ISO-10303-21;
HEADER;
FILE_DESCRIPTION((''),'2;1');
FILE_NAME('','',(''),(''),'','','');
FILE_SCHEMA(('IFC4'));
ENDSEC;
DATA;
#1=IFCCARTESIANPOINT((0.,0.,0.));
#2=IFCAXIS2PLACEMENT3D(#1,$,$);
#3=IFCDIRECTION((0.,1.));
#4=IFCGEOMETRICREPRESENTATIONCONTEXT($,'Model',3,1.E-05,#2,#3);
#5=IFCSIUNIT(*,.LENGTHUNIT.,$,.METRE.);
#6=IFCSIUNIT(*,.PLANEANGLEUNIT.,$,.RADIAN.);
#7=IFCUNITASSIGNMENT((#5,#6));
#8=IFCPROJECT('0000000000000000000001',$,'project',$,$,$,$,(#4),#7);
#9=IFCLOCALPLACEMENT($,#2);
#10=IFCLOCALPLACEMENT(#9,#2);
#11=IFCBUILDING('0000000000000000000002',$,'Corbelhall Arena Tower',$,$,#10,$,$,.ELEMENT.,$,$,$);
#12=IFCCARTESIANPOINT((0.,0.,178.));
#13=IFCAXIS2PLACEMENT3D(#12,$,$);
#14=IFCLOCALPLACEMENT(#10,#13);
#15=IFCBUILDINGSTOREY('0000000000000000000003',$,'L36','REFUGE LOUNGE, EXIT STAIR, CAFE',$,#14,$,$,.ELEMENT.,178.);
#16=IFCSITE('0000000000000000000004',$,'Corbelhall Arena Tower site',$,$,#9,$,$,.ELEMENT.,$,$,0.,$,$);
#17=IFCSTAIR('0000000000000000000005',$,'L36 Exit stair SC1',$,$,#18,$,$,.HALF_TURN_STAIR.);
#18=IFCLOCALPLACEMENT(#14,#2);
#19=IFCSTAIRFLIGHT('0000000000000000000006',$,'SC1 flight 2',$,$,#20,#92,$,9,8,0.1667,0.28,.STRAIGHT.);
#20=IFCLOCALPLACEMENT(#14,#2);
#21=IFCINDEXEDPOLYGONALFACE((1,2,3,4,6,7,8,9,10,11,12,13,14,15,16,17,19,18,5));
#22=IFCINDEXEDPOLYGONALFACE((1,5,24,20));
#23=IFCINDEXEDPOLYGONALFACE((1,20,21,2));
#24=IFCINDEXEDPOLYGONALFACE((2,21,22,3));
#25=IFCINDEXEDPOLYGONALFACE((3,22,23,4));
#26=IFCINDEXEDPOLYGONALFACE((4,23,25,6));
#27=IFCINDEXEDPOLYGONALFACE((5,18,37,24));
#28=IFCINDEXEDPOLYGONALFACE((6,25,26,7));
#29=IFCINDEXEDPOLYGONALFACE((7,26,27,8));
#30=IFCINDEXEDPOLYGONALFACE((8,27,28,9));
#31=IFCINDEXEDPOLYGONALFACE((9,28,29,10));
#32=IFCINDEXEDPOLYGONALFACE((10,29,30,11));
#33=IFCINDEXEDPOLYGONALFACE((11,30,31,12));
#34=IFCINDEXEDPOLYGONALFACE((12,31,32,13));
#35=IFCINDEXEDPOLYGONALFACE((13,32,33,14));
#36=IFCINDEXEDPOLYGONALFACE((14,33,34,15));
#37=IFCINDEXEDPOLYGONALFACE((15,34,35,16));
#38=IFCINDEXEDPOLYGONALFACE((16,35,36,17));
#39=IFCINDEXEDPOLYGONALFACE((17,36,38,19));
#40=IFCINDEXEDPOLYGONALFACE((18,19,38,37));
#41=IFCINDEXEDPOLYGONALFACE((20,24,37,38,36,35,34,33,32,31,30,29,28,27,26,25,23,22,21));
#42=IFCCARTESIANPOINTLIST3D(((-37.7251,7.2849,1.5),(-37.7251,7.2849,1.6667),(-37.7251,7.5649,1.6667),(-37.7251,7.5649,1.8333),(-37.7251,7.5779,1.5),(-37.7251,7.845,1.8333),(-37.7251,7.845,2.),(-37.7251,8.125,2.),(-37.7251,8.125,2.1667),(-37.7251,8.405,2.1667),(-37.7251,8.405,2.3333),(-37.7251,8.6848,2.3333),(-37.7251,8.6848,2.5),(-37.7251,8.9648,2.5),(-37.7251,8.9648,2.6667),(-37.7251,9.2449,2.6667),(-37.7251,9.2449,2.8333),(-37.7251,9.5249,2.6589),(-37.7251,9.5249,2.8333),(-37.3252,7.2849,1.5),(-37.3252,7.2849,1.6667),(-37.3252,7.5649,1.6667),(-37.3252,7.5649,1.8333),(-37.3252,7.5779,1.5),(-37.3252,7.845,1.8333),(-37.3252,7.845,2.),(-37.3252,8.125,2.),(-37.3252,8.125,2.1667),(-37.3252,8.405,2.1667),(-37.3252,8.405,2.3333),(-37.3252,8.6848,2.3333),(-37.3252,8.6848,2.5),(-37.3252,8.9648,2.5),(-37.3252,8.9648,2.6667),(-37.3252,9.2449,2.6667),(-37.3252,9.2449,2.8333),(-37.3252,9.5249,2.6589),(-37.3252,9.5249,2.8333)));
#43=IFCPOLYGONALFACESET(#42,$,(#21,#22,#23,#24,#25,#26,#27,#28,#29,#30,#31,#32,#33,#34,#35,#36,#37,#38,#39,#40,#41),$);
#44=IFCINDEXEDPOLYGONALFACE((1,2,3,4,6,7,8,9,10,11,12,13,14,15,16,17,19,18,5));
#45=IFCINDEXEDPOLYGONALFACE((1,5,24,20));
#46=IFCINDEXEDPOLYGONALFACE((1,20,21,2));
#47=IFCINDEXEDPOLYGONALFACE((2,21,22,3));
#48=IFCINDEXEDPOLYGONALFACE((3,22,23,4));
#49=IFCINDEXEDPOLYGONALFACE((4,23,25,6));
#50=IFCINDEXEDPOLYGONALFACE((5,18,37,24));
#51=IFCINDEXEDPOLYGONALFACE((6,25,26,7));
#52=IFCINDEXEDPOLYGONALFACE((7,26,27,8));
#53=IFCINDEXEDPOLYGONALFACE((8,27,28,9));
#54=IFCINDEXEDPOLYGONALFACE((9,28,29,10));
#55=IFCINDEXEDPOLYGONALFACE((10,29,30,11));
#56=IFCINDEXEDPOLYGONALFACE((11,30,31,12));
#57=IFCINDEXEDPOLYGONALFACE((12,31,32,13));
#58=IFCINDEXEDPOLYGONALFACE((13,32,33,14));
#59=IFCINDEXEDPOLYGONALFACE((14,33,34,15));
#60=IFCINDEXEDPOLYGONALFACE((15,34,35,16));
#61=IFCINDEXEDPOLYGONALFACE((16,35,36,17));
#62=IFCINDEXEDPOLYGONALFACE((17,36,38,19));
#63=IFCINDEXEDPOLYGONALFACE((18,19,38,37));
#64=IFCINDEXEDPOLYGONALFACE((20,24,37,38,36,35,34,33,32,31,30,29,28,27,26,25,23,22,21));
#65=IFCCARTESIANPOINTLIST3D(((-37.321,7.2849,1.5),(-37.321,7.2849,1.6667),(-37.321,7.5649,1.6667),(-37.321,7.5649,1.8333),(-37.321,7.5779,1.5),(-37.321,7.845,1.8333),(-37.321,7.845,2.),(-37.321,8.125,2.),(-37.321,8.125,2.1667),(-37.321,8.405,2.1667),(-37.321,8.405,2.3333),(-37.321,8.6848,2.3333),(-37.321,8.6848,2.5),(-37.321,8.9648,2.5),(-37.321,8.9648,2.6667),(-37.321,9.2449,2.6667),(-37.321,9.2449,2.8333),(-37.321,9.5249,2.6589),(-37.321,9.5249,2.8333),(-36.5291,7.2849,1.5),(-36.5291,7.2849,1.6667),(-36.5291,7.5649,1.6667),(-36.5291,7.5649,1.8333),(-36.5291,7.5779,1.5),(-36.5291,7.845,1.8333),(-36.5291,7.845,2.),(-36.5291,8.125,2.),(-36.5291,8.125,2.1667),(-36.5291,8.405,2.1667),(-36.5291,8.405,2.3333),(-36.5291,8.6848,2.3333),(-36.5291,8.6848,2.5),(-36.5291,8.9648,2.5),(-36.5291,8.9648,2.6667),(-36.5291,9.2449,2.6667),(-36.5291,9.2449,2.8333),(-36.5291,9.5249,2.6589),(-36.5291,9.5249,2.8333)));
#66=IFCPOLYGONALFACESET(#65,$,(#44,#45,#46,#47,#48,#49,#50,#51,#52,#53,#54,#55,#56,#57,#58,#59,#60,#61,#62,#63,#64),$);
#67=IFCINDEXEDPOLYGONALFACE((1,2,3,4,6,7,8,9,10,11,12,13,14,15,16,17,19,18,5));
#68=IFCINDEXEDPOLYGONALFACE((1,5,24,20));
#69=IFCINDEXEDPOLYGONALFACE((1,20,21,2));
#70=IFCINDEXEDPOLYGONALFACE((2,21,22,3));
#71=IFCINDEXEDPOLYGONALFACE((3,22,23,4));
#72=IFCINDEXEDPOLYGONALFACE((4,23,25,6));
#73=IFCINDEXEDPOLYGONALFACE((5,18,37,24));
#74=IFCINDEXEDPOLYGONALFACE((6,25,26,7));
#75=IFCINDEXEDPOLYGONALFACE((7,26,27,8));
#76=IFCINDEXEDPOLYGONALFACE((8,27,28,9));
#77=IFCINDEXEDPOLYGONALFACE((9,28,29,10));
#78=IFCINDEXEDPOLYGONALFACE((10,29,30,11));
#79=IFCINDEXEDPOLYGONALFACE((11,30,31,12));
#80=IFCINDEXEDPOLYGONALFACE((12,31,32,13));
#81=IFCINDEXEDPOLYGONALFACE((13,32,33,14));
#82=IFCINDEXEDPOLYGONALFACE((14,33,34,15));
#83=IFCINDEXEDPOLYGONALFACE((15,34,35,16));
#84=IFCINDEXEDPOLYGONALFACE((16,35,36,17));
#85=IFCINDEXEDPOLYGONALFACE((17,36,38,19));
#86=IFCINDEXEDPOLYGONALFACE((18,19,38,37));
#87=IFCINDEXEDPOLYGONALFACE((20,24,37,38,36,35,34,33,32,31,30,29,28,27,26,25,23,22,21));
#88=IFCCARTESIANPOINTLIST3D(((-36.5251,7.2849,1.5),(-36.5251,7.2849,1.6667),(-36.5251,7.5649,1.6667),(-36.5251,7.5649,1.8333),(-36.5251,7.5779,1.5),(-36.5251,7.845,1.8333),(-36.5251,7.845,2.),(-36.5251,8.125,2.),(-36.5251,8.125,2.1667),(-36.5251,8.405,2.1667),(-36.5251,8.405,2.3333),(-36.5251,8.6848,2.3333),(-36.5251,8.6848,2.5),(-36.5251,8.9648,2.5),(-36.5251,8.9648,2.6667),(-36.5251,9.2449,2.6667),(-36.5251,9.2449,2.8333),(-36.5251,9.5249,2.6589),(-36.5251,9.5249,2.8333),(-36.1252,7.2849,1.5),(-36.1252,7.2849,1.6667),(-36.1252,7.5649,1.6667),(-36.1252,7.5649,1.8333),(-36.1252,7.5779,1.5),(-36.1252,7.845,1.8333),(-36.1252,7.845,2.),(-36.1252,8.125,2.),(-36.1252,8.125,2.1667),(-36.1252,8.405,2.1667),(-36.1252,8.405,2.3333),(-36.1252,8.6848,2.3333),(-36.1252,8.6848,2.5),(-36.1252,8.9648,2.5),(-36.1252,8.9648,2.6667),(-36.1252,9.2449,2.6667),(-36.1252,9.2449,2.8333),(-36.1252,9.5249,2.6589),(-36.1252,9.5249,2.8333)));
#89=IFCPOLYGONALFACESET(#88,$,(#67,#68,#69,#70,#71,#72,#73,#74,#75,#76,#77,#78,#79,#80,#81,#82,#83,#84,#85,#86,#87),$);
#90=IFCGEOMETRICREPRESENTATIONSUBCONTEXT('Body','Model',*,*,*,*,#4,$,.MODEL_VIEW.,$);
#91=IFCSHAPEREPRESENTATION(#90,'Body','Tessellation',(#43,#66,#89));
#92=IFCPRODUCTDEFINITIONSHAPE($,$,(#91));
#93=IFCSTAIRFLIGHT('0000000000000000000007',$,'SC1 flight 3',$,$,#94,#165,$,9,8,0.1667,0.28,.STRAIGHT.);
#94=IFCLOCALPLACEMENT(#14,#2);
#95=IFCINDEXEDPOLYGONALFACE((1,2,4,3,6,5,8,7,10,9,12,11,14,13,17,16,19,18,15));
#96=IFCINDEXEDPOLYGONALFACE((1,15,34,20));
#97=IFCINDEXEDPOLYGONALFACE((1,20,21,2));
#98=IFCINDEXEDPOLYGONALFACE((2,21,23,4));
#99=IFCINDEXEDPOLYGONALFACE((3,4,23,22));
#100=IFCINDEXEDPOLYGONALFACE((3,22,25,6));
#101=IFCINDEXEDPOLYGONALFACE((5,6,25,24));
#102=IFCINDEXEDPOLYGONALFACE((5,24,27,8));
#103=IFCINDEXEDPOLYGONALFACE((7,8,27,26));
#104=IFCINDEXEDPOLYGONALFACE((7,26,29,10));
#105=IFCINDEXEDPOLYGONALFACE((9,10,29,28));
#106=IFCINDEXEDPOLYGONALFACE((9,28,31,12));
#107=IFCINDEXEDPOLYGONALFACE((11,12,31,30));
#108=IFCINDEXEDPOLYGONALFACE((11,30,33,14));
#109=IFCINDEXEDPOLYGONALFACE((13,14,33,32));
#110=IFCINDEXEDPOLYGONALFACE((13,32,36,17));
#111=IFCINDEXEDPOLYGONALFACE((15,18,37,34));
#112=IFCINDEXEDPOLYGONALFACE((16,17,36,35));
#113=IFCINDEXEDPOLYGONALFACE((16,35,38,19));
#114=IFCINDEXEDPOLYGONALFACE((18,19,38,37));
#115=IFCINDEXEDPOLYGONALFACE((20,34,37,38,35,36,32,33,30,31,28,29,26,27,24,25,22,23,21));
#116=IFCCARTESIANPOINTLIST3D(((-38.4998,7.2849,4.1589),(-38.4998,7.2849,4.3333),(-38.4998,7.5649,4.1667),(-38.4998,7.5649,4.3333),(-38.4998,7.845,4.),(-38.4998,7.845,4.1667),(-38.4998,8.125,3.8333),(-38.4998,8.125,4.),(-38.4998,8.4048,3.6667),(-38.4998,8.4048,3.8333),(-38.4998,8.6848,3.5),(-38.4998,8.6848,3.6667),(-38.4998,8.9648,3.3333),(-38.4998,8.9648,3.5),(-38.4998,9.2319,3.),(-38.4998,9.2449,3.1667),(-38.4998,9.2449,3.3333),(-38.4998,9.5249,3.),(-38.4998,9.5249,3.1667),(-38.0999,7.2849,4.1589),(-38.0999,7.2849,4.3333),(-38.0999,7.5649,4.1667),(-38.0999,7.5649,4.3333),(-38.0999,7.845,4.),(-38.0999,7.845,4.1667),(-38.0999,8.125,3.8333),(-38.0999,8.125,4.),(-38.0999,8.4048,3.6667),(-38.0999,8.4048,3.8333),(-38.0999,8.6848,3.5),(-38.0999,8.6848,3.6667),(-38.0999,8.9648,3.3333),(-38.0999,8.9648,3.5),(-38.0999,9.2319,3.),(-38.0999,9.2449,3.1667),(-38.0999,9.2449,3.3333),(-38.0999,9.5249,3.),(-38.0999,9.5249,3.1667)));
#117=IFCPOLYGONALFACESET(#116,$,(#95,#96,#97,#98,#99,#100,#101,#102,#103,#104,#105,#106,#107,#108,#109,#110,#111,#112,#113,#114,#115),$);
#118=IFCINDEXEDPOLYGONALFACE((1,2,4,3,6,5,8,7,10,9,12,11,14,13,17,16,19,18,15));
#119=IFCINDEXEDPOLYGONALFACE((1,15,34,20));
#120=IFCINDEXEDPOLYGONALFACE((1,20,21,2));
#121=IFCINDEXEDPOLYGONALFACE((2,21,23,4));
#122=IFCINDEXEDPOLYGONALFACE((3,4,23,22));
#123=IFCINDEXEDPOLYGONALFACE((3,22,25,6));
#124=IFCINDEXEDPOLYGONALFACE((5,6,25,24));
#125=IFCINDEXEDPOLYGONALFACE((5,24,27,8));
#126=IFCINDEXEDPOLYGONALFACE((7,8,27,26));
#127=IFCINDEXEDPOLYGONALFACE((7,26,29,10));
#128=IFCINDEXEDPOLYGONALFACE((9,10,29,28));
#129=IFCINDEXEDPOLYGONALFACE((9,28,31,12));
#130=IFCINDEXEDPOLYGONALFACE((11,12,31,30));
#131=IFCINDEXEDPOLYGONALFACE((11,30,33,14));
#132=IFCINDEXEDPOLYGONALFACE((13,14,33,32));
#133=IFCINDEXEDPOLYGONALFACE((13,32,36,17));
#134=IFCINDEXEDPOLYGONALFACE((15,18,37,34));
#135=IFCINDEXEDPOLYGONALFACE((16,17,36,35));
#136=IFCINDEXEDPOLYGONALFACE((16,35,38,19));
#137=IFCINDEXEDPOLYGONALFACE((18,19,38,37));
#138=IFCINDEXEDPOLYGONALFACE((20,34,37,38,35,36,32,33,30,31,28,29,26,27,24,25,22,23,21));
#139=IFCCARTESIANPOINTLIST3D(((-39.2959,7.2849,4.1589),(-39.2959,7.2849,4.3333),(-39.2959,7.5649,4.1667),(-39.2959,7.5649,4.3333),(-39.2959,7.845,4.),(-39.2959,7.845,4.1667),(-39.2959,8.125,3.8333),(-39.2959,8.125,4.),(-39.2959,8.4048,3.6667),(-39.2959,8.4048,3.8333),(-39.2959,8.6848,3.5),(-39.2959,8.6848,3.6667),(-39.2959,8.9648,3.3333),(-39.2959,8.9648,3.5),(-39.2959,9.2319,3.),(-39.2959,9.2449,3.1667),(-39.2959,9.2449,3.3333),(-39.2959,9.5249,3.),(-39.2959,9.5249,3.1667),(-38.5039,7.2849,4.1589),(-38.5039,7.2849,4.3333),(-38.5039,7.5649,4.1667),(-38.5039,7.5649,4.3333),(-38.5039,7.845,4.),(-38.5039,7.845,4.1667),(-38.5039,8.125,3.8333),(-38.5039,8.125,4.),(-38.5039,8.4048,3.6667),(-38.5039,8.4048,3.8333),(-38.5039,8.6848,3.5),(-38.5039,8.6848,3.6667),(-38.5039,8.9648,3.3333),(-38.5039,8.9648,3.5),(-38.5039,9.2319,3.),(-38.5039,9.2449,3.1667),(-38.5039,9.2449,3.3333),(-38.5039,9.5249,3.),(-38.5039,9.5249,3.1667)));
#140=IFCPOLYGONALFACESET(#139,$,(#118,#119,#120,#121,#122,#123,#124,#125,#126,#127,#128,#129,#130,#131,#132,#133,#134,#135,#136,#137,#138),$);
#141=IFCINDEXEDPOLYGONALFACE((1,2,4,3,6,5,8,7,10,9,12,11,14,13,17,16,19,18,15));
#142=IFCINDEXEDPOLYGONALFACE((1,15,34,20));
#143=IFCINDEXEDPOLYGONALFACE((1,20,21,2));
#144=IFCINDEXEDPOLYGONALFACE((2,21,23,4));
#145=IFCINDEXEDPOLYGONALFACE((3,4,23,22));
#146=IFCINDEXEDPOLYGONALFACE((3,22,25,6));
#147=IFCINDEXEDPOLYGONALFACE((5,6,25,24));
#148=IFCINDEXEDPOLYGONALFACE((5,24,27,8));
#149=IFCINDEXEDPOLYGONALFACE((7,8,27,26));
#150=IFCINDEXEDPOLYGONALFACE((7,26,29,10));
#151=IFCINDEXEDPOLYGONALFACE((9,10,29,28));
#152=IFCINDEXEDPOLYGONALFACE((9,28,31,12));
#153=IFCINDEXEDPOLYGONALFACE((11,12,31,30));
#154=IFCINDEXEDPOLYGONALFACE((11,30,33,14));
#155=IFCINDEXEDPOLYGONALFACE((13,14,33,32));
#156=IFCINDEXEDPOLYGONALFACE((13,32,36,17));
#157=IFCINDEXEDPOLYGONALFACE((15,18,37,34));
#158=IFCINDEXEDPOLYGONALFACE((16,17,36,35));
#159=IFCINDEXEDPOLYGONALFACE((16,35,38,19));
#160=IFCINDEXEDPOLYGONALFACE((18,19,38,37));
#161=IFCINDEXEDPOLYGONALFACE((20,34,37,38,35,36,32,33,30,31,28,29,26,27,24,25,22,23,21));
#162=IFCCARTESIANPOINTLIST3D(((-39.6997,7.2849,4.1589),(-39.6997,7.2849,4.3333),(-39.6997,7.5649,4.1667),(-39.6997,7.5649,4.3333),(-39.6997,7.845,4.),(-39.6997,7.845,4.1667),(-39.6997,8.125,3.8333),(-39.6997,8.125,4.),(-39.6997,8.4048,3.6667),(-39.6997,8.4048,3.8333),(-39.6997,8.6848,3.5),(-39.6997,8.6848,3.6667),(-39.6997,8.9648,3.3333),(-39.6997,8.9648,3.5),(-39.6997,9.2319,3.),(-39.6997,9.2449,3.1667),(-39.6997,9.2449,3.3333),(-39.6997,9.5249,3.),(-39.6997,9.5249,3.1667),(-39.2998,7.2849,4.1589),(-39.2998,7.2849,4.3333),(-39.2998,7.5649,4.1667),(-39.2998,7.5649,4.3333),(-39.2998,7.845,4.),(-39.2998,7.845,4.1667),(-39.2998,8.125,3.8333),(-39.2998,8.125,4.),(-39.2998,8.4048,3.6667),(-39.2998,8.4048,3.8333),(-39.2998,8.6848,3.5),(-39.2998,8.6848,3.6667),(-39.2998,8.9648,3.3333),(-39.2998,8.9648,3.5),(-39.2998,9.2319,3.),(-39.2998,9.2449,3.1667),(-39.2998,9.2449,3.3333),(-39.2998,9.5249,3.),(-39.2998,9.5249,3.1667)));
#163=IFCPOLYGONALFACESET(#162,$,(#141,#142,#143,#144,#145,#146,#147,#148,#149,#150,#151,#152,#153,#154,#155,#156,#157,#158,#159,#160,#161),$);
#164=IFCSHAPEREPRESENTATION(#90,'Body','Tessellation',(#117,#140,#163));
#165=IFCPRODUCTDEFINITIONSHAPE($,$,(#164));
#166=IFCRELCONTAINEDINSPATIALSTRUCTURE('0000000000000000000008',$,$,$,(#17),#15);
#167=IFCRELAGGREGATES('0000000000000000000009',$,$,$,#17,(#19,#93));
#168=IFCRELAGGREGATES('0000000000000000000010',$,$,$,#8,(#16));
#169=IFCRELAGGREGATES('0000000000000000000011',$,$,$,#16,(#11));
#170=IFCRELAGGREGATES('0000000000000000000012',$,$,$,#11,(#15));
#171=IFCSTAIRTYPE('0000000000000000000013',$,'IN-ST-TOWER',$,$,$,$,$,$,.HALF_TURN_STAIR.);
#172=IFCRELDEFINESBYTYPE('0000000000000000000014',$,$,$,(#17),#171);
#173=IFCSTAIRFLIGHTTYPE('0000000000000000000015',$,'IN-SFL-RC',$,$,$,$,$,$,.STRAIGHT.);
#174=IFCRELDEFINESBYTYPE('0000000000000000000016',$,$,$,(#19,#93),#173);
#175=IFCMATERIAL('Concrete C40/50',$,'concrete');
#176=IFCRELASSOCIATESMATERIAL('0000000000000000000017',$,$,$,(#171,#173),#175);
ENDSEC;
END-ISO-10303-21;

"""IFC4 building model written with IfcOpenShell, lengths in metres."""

from ifc_helpers import new_model, si_unit, direction, frame, origin, place, context, subcontext, project, spatial, polyline, outline, extrude, material, type_object, element, aggregate, save


model = new_model("IFC4")

# Units and contexts
model_context = context("Model", 3, precision=1e-05, world=origin(), true_north=direction((0.0, 1.0)))
body_context = subcontext(model_context, "Body", "Model", "MODEL_VIEW")
ifc_project = project(units=[si_unit("LENGTHUNIT", "METRE"), si_unit("PLANEANGLEUNIT", "RADIAN")], contexts=[model_context])

# Site, building, storey
site_placement = place(None, origin())
site = spatial("IfcSite", under=ifc_project, at=site_placement, Name="Corbelhall Arena Tower site", CompositionType="ELEMENT", RefElevation=0.0)
building_placement = place(site_placement, origin())
building = spatial("IfcBuilding", under=site, at=building_placement, Name="Corbelhall Arena Tower", CompositionType="ELEMENT")
storey_placement = place(building_placement, frame((0.0, 0.0, 178.0)))
storey = spatial("IfcBuildingStorey", under=building, at=storey_placement, Name="L36", Description="REFUGE LOUNGE, EXIT STAIR, CAFE", CompositionType="ELEMENT", Elevation=178.0)

# Shared definitions
ifc_material_1 = material(Name="Concrete C40/50", Category="concrete")

# Stair, stair flights
stair_type = type_object("IfcStairType", Name="IN-ST-TOWER", PredefinedType="HALF_TURN_STAIR", material=ifc_material_1)
stair_placement = place(storey_placement, origin())
stair = element("IfcStair", 1, at=stair_placement, inside=storey, type_object=stair_type, Name="L36 Exit stair SC1", PredefinedType="HALF_TURN_STAIR")
stair_flight_type = type_object("IfcStairFlightType", Name="IN-SFL-RC", PredefinedType="STRAIGHT", material=ifc_material_1)
stair_flight_1_placement = place(storey_placement, frame((-36.925, 7.2849, 1.5), z_axis=(0.0, 0.0, 1.0), x_axis=(0.0, 1.0, 0.0)))
stair_flight_1 = element("IfcStairFlight", 2, at=stair_flight_1_placement, type_object=stair_flight_type, Name="SC1 flight 2", NumberOfRisers=9, NumberOfTreads=8, PredefinedType="STRAIGHT", RiserHeight=0.1667, TreadLength=0.28, context=body_context, shape_type="SweptSolid", body=[
    extrude(outline(polyline([(0.0, 0.0), (0.0, 0.1667), (0.28, 0.1667), (0.28, 0.3333), (0.5601, 0.3333), (0.5601, 0.5), (0.8401, 0.5), (0.8401, 0.6667), (1.1201, 0.6667), (1.1201, 0.8333), (1.3999, 0.8333), (1.3999, 1.0), (1.6799, 1.0), (1.6799, 1.1667), (1.96, 1.1667), (1.96, 1.3333), (2.24, 1.3333), (2.24, 1.5), (2.24, 1.1589), (0.293, 0.0), (0.0, 0.0)])), frame((0.0, 0.8, 0.0), z_axis=(0.0, -1.0, 0.0), x_axis=(1.0, 0.0, 0.0)), (0.0, 0.0, 1.0), 0.3999),
    extrude(outline(polyline([(0.0, 0.0), (0.0, 0.1667), (0.28, 0.1667), (0.28, 0.3333), (0.5601, 0.3333), (0.5601, 0.5), (0.8401, 0.5), (0.8401, 0.6667), (1.1201, 0.6667), (1.1201, 0.8333), (1.3999, 0.8333), (1.3999, 1.0), (1.6799, 1.0), (1.6799, 1.1667), (1.96, 1.1667), (1.96, 1.3333), (2.24, 1.3333), (2.24, 1.5), (2.24, 1.1589), (0.293, 0.0), (0.0, 0.0)])), frame((0.0, 0.396, 0.0), z_axis=(0.0, -1.0, 0.0), x_axis=(1.0, 0.0, 0.0)), (0.0, 0.0, 1.0), 0.792),
    extrude(outline(polyline([(0.0, 0.0), (0.0, 0.1667), (0.28, 0.1667), (0.28, 0.3333), (0.5601, 0.3333), (0.5601, 0.5), (0.8401, 0.5), (0.8401, 0.6667), (1.1201, 0.6667), (1.1201, 0.8333), (1.3999, 0.8333), (1.3999, 1.0), (1.6799, 1.0), (1.6799, 1.1667), (1.96, 1.1667), (1.96, 1.3333), (2.24, 1.3333), (2.24, 1.5), (2.24, 1.1589), (0.293, 0.0), (0.0, 0.0)])), frame((0.0, -0.3999, 0.0), z_axis=(0.0, -1.0, 0.0), x_axis=(1.0, 0.0, 0.0)), (0.0, 0.0, 1.0), 0.3999),
])
stair_flight_2_placement = place(storey_placement, frame((-38.8999, 9.5249, 3.0), z_axis=(0.0, 0.0, 1.0), x_axis=(0.0, -1.0, 0.0)))
stair_flight_2 = element("IfcStairFlight", 3, at=stair_flight_2_placement, type_object=stair_flight_type, Name="SC1 flight 3", NumberOfRisers=9, NumberOfTreads=8, PredefinedType="STRAIGHT", RiserHeight=0.1667, TreadLength=0.28, context=body_context, shape_type="SweptSolid", body=[
    extrude(outline(polyline([(0.0, 0.0), (0.0, 0.1667), (0.28, 0.1667), (0.28, 0.3333), (0.5601, 0.3333), (0.5601, 0.5), (0.8401, 0.5), (0.8401, 0.6667), (1.1201, 0.6667), (1.1201, 0.8333), (1.3999, 0.8333), (1.3999, 1.0), (1.6799, 1.0), (1.6799, 1.1667), (1.96, 1.1667), (1.96, 1.3333), (2.24, 1.3333), (2.24, 1.5), (2.24, 1.1589), (0.293, 0.0), (0.0, 0.0)])), frame((0.0, 0.8, 0.0), z_axis=(0.0, -1.0, 0.0), x_axis=(1.0, 0.0, 0.0)), (0.0, 0.0, 1.0), 0.3999),
    extrude(outline(polyline([(0.0, 0.0), (0.0, 0.1667), (0.28, 0.1667), (0.28, 0.3333), (0.5601, 0.3333), (0.5601, 0.5), (0.8401, 0.5), (0.8401, 0.6667), (1.1201, 0.6667), (1.1201, 0.8333), (1.3999, 0.8333), (1.3999, 1.0), (1.6799, 1.0), (1.6799, 1.1667), (1.96, 1.1667), (1.96, 1.3333), (2.24, 1.3333), (2.24, 1.5), (2.24, 1.1589), (0.293, 0.0), (0.0, 0.0)])), frame((0.0, 0.396, 0.0), z_axis=(0.0, -1.0, 0.0), x_axis=(1.0, 0.0, 0.0)), (0.0, 0.0, 1.0), 0.792),
    extrude(outline(polyline([(0.0, 0.0), (0.0, 0.1667), (0.28, 0.1667), (0.28, 0.3333), (0.5601, 0.3333), (0.5601, 0.5), (0.8401, 0.5), (0.8401, 0.6667), (1.1201, 0.6667), (1.1201, 0.8333), (1.3999, 0.8333), (1.3999, 1.0), (1.6799, 1.0), (1.6799, 1.1667), (1.96, 1.1667), (1.96, 1.3333), (2.24, 1.3333), (2.24, 1.5), (2.24, 1.1589), (0.293, 0.0), (0.0, 0.0)])), frame((0.0, -0.3999, 0.0), z_axis=(0.0, -1.0, 0.0), x_axis=(1.0, 0.0, 0.0)), (0.0, 0.0, 1.0), 0.3999),
])
aggregate(stair, [stair_flight_1, stair_flight_2])

save(model, "model.ifc")
